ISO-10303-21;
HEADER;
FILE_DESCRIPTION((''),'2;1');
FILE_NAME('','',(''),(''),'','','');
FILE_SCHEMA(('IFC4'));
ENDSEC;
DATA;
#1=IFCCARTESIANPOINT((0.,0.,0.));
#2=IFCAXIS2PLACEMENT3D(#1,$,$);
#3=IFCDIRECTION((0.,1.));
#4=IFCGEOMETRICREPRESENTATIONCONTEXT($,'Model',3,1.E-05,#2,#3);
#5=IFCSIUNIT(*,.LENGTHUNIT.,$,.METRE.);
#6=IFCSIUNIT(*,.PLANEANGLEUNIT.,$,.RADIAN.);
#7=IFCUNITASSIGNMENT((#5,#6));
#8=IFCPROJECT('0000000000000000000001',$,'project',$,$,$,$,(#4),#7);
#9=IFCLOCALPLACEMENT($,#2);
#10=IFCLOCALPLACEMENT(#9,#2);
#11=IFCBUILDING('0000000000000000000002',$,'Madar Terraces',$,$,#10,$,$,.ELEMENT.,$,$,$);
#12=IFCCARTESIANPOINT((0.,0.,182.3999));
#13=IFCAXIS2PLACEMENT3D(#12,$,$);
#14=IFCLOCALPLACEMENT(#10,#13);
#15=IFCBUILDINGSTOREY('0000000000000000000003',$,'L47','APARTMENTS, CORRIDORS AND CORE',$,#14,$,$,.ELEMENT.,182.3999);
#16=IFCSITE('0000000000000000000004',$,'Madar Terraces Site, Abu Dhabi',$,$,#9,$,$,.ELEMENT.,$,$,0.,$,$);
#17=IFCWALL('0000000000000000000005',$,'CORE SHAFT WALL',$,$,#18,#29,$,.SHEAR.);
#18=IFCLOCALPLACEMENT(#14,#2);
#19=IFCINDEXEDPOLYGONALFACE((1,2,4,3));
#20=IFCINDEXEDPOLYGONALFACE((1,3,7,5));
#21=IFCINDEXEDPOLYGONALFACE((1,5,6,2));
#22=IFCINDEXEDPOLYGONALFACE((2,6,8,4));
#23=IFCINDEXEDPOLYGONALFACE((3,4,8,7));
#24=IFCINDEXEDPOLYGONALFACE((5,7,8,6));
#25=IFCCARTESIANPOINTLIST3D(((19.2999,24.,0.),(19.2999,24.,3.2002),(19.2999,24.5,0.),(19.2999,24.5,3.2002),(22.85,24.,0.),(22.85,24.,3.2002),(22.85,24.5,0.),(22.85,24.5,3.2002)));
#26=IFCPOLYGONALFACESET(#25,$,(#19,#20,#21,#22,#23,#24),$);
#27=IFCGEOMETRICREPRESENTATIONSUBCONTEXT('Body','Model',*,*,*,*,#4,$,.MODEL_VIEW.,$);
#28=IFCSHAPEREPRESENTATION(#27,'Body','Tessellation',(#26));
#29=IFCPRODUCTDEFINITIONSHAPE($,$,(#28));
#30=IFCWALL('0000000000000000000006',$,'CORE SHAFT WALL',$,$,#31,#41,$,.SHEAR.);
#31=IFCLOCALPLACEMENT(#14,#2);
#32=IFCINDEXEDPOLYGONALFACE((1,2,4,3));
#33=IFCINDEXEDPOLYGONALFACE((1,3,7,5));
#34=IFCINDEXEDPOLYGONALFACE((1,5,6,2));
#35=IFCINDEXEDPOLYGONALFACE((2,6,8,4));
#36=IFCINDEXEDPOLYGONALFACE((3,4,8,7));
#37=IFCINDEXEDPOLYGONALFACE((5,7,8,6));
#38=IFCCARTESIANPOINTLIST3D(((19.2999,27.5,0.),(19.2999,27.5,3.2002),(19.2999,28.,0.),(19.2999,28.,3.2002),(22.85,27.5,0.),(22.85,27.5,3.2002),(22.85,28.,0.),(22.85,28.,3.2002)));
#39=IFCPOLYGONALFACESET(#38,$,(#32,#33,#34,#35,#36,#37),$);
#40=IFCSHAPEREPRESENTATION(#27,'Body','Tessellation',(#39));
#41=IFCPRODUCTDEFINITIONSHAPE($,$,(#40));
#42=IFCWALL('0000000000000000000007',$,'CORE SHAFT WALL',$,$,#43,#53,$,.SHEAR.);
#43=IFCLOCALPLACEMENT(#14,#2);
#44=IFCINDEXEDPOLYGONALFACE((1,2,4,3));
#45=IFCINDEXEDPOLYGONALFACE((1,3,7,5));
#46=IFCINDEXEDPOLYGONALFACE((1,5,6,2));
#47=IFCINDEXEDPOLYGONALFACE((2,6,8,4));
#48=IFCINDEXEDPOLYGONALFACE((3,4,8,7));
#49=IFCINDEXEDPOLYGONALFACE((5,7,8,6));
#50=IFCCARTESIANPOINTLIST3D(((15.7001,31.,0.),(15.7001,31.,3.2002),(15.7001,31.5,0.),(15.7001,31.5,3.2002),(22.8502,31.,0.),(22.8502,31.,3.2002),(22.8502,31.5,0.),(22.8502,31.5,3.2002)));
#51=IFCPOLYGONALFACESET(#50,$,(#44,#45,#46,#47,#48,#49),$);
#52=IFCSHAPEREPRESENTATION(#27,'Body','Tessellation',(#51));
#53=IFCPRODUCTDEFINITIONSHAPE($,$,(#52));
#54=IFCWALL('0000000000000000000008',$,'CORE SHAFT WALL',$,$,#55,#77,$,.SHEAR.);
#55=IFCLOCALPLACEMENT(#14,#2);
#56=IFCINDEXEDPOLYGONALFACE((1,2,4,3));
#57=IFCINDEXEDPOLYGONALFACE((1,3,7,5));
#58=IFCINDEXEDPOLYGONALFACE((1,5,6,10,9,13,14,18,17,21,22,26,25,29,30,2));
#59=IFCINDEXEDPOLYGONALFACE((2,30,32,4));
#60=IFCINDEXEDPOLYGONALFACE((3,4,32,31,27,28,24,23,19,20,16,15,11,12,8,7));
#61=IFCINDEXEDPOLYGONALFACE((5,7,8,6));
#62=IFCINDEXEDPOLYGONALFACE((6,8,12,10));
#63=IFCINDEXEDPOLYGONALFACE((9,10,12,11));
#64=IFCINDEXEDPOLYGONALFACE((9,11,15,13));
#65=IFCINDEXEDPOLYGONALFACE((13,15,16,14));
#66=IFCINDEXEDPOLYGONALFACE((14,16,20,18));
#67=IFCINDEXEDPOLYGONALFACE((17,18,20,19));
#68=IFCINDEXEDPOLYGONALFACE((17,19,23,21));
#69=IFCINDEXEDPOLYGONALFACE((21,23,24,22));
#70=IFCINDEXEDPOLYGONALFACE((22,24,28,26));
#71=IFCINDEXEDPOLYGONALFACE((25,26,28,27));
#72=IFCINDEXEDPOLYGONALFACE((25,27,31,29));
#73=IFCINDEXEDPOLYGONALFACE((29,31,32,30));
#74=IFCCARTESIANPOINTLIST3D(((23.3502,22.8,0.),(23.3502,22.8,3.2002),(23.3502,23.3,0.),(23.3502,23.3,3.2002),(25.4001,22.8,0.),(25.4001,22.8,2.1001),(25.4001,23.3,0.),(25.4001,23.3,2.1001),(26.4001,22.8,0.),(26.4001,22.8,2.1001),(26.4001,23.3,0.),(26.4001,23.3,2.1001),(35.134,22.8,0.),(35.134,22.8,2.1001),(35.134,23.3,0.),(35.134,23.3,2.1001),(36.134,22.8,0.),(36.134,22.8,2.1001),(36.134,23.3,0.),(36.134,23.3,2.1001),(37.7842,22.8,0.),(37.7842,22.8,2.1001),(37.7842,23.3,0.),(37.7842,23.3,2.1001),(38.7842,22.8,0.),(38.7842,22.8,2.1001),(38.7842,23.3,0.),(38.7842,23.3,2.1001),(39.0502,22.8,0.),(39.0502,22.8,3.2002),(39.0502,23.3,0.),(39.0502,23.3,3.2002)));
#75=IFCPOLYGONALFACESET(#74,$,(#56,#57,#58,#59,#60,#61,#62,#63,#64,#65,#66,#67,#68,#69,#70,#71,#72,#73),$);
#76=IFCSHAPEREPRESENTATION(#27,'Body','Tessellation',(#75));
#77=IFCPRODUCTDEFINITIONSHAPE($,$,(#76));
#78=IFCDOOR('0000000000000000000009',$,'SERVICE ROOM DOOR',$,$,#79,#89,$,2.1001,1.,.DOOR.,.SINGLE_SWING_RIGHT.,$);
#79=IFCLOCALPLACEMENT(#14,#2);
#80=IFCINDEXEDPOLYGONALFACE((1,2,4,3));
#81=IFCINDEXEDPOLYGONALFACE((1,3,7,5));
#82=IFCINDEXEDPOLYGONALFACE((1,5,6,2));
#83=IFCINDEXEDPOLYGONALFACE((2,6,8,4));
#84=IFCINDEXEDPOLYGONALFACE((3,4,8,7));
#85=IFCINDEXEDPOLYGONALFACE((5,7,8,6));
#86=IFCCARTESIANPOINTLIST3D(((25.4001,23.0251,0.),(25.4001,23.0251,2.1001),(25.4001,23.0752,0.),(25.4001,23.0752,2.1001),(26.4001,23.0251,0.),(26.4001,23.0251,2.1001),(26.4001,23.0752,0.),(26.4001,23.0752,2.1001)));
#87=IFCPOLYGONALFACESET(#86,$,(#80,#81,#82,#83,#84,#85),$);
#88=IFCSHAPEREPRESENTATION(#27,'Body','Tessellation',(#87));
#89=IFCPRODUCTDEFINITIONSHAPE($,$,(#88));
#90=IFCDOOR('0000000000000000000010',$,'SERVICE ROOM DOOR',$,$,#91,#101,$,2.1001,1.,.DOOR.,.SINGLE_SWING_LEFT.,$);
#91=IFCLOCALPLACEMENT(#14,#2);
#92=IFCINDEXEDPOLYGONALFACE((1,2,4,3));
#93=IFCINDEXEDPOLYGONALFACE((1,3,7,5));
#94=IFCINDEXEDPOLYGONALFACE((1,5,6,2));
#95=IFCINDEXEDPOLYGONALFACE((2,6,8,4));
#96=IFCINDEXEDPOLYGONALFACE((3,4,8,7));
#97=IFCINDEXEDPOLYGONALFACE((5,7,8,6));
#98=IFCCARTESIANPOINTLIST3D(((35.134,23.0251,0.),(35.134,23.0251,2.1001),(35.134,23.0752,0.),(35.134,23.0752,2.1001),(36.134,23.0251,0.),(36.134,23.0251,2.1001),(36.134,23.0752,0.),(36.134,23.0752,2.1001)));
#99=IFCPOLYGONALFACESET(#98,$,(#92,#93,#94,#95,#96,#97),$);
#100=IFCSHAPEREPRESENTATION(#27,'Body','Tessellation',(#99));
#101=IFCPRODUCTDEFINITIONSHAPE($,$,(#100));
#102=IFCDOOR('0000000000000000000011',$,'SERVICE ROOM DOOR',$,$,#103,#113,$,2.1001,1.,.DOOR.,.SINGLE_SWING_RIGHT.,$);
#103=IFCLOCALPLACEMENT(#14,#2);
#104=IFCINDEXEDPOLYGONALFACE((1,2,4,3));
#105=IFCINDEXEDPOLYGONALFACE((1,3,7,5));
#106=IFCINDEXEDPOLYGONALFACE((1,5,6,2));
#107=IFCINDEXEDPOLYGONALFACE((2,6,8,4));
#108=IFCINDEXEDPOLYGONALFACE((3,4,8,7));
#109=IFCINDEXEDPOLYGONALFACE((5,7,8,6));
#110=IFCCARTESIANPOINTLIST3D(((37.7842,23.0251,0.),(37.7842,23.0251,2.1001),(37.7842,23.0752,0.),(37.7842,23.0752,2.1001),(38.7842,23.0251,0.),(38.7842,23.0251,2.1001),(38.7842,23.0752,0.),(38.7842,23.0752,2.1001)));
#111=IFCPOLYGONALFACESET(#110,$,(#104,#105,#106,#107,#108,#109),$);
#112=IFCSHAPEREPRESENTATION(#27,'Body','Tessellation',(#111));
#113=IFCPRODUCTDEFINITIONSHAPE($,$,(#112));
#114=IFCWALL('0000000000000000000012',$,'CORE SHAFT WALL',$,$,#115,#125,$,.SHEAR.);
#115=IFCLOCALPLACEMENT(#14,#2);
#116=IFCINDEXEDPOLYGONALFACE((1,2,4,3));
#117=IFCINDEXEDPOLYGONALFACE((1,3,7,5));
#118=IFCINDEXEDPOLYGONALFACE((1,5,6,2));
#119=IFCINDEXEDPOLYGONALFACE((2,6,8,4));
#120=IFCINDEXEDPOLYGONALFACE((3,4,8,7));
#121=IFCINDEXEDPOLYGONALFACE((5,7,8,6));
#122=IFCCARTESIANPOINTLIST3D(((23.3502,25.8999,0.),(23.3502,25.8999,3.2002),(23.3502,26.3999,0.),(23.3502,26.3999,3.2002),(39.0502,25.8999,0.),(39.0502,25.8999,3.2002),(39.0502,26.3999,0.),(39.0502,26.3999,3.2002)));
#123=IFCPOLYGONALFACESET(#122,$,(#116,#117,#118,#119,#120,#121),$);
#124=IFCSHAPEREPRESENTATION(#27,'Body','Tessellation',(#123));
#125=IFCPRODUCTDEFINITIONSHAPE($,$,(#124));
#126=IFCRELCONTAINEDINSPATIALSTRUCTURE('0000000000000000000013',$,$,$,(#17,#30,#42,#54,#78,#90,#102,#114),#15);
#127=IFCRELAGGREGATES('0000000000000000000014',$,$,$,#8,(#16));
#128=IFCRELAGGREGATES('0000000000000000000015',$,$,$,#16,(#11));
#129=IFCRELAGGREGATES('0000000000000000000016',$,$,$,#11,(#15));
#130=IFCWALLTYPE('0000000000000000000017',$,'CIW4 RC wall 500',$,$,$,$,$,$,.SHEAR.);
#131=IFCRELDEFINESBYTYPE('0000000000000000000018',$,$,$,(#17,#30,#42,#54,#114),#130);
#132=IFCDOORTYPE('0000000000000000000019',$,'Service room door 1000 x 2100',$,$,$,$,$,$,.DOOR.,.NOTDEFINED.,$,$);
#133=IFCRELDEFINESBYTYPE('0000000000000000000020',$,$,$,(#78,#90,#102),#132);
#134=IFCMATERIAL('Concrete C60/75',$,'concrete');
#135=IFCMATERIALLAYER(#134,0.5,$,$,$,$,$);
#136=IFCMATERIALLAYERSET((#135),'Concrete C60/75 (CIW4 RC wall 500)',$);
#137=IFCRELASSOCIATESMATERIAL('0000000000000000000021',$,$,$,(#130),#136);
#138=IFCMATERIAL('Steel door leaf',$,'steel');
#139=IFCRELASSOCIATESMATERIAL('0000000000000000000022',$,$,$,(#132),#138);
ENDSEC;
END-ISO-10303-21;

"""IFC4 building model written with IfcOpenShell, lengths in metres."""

from ifc_helpers import new_model, si_unit, direction, frame, frame_2d, origin, place, context, subcontext, project, spatial, rectangle, extrude, material, layer, layer_set, type_object, element, fill, save


model = new_model("IFC4")

# Units and contexts
model_context = context("Model", 3, precision=1e-05, world=origin(), true_north=direction((0.0, 1.0)))
body_context = subcontext(model_context, "Body", "Model", "MODEL_VIEW")
ifc_project = project(units=[si_unit("LENGTHUNIT", "METRE"), si_unit("PLANEANGLEUNIT", "RADIAN")], contexts=[model_context])

# Site, building, storey
site_placement = place(None, origin())
site = spatial("IfcSite", under=ifc_project, at=site_placement, Name="Madar Terraces Site, Abu Dhabi", CompositionType="ELEMENT", RefElevation=0.0)
building_placement = place(site_placement, origin())
building = spatial("IfcBuilding", under=site, at=building_placement, Name="Madar Terraces", CompositionType="ELEMENT")
storey_placement = place(building_placement, frame((0.0, 0.0, 182.3999)))
storey = spatial("IfcBuildingStorey", under=building, at=storey_placement, Name="L47", Description="APARTMENTS, CORRIDORS AND CORE", CompositionType="ELEMENT", Elevation=182.3999)

# Walls
ifc_material_1 = material(Name="Concrete C60/75", Category="concrete")
ifc_layer_1 = layer(ifc_material_1, 0.5)
ifc_layer_set_1 = layer_set([ifc_layer_1], Name="Concrete C60/75 (CIW4 RC wall 500)")
wall_type_1 = type_object("IfcWallType", Name="CIW4 RC wall 500", PredefinedType="SHEAR", material=ifc_layer_set_1)
for number, where, z_axis, x_axis, name in (
    (1, (19.3, 24.25, 0.0), (0.0, 0.0, 1.0), (1.0, 0.0, 0.0), "CORE SHAFT WALL"),
    (2, (19.3, 27.75, 0.0), (0.0, 0.0, 1.0), (1.0, 0.0, 0.0), "CORE SHAFT WALL"),
):
    element("IfcWall", number, at=place(storey_placement, frame(where, z_axis=z_axis, x_axis=x_axis)), inside=storey, type_object=wall_type_1, Name=name, PredefinedType="SHEAR", context=body_context, shape_type="SweptSolid", body=[
        extrude(rectangle(XDim=3.55, YDim=0.5, at=frame_2d((1.7749, 0.0))), origin(), (0.0, 0.0, 1.0), 3.2002),
    ])
wall_1_placement = place(storey_placement, frame((15.7, 31.25, 0.0), z_axis=(0.0, 0.0, 1.0), x_axis=(1.0, 0.0, 0.0)))
element("IfcWall", 3, at=wall_1_placement, inside=storey, type_object=wall_type_1, Name="CORE SHAFT WALL", PredefinedType="SHEAR", context=body_context, shape_type="SweptSolid", body=[
    extrude(rectangle(XDim=7.1501, YDim=0.5, at=frame_2d((3.5752, 0.0))), origin(), (0.0, 0.0, 1.0), 3.2002),
])

# Wall, openings, doors
wall_2_placement = place(storey_placement, frame((23.3501, 23.05, 0.0), z_axis=(0.0, 0.0, 1.0), x_axis=(1.0, 0.0, 0.0)))
wall_2 = element("IfcWall", 4, at=wall_2_placement, inside=storey, type_object=wall_type_1, Name="CORE SHAFT WALL", PredefinedType="SHEAR", context=body_context, shape_type="SweptSolid", body=[
    extrude(rectangle(XDim=15.7, YDim=0.5, at=frame_2d((7.8501, 0.0))), origin(), (0.0, 0.0, 1.0), 3.2002),
])
opening_1_placement = place(wall_2_placement, frame((2.05, 0.0, 0.0)))
opening_1 = element("IfcOpeningElement", 5, at=opening_1_placement, cuts=wall_2, PredefinedType="OPENING", context=body_context, shape_type="SweptSolid", body=[
    extrude(rectangle(XDim=1.0, YDim=2.1001, at=frame_2d((0.5, 1.05))), frame((0.0, 0.26, 0.0), z_axis=(0.0, -1.0, 0.0), x_axis=(1.0, 0.0, 0.0)), (0.0, 0.0, 1.0), 0.52),
])
opening_2_placement = place(wall_2_placement, frame((11.7839, 0.0, 0.0)))
opening_2 = element("IfcOpeningElement", 6, at=opening_2_placement, cuts=wall_2, PredefinedType="OPENING", context=body_context, shape_type="SweptSolid", body=[
    extrude(rectangle(XDim=1.0, YDim=2.1001, at=frame_2d((0.5, 1.05))), frame((0.0, 0.26, 0.0), z_axis=(0.0, -1.0, 0.0), x_axis=(1.0, 0.0, 0.0)), (0.0, 0.0, 1.0), 0.52),
])
opening_3_placement = place(wall_2_placement, frame((14.4341, 0.0, 0.0)))
opening_3 = element("IfcOpeningElement", 7, at=opening_3_placement, cuts=wall_2, PredefinedType="OPENING", context=body_context, shape_type="SweptSolid", body=[
    extrude(rectangle(XDim=1.0, YDim=2.1001, at=frame_2d((0.5, 1.05))), frame((0.0, 0.26, 0.0), z_axis=(0.0, -1.0, 0.0), x_axis=(1.0, 0.0, 0.0)), (0.0, 0.0, 1.0), 0.52),
])
ifc_material_2 = material(Name="Steel door leaf", Category="steel")
door_type_1 = type_object("IfcDoorType", Name="Service room door 1000 x 2100", OperationType="NOTDEFINED", PredefinedType="DOOR", material=ifc_material_2)
door_1_placement = place(opening_1_placement, frame((1.0, 0.0, 0.0), z_axis=(0.0, 0.0, 1.0), x_axis=(-1.0, 0.0, 0.0)))
door_1 = element("IfcDoor", 8, at=door_1_placement, inside=storey, type_object=door_type_1, Name="SERVICE ROOM DOOR", OperationType="SINGLE_SWING_RIGHT", OverallHeight=2.1001, OverallWidth=1.0, PredefinedType="DOOR", context=body_context, shape_type="SweptSolid", body=[
    extrude(rectangle(XDim=1.0, YDim=2.1001, at=frame_2d((0.5, 1.05))), frame((0.0, 0.0249, 0.0), z_axis=(0.0, -1.0, 0.0), x_axis=(1.0, 0.0, 0.0)), (0.0, 0.0, 1.0), 0.05),
])
fill(opening_1, door_1)
door_2_placement = place(opening_2_placement, frame((1.0, 0.0, 0.0), z_axis=(0.0, 0.0, 1.0), x_axis=(-1.0, 0.0, 0.0)))
door_2 = element("IfcDoor", 9, at=door_2_placement, inside=storey, type_object=door_type_1, Name="SERVICE ROOM DOOR", OperationType="SINGLE_SWING_LEFT", OverallHeight=2.1001, OverallWidth=1.0, PredefinedType="DOOR", context=body_context, shape_type="SweptSolid", body=[
    extrude(rectangle(XDim=1.0, YDim=2.1001, at=frame_2d((0.5, 1.05))), frame((0.0, 0.0249, 0.0), z_axis=(0.0, -1.0, 0.0), x_axis=(1.0, 0.0, 0.0)), (0.0, 0.0, 1.0), 0.05),
])
fill(opening_2, door_2)
door_3_placement = place(opening_3_placement, frame((1.0, 0.0, 0.0), z_axis=(0.0, 0.0, 1.0), x_axis=(-1.0, 0.0, 0.0)))
door_3 = element("IfcDoor", 10, at=door_3_placement, inside=storey, type_object=door_type_1, Name="SERVICE ROOM DOOR", OperationType="SINGLE_SWING_RIGHT", OverallHeight=2.1001, OverallWidth=1.0, PredefinedType="DOOR", context=body_context, shape_type="SweptSolid", body=[
    extrude(rectangle(XDim=1.0, YDim=2.1001, at=frame_2d((0.5, 1.05))), frame((0.0, 0.0249, 0.0), z_axis=(0.0, -1.0, 0.0), x_axis=(1.0, 0.0, 0.0)), (0.0, 0.0, 1.0), 0.05),
])
fill(opening_3, door_3)

# Wall
wall_3_placement = place(storey_placement, frame((23.3501, 26.1499, 0.0), z_axis=(0.0, 0.0, 1.0), x_axis=(1.0, 0.0, 0.0)))
element("IfcWall", 11, at=wall_3_placement, inside=storey, type_object=wall_type_1, Name="CORE SHAFT WALL", PredefinedType="SHEAR", context=body_context, shape_type="SweptSolid", body=[
    extrude(rectangle(XDim=15.7, YDim=0.5, at=frame_2d((7.8501, 0.0))), origin(), (0.0, 0.0, 1.0), 3.2002),
])

save(model, "model.ifc")
